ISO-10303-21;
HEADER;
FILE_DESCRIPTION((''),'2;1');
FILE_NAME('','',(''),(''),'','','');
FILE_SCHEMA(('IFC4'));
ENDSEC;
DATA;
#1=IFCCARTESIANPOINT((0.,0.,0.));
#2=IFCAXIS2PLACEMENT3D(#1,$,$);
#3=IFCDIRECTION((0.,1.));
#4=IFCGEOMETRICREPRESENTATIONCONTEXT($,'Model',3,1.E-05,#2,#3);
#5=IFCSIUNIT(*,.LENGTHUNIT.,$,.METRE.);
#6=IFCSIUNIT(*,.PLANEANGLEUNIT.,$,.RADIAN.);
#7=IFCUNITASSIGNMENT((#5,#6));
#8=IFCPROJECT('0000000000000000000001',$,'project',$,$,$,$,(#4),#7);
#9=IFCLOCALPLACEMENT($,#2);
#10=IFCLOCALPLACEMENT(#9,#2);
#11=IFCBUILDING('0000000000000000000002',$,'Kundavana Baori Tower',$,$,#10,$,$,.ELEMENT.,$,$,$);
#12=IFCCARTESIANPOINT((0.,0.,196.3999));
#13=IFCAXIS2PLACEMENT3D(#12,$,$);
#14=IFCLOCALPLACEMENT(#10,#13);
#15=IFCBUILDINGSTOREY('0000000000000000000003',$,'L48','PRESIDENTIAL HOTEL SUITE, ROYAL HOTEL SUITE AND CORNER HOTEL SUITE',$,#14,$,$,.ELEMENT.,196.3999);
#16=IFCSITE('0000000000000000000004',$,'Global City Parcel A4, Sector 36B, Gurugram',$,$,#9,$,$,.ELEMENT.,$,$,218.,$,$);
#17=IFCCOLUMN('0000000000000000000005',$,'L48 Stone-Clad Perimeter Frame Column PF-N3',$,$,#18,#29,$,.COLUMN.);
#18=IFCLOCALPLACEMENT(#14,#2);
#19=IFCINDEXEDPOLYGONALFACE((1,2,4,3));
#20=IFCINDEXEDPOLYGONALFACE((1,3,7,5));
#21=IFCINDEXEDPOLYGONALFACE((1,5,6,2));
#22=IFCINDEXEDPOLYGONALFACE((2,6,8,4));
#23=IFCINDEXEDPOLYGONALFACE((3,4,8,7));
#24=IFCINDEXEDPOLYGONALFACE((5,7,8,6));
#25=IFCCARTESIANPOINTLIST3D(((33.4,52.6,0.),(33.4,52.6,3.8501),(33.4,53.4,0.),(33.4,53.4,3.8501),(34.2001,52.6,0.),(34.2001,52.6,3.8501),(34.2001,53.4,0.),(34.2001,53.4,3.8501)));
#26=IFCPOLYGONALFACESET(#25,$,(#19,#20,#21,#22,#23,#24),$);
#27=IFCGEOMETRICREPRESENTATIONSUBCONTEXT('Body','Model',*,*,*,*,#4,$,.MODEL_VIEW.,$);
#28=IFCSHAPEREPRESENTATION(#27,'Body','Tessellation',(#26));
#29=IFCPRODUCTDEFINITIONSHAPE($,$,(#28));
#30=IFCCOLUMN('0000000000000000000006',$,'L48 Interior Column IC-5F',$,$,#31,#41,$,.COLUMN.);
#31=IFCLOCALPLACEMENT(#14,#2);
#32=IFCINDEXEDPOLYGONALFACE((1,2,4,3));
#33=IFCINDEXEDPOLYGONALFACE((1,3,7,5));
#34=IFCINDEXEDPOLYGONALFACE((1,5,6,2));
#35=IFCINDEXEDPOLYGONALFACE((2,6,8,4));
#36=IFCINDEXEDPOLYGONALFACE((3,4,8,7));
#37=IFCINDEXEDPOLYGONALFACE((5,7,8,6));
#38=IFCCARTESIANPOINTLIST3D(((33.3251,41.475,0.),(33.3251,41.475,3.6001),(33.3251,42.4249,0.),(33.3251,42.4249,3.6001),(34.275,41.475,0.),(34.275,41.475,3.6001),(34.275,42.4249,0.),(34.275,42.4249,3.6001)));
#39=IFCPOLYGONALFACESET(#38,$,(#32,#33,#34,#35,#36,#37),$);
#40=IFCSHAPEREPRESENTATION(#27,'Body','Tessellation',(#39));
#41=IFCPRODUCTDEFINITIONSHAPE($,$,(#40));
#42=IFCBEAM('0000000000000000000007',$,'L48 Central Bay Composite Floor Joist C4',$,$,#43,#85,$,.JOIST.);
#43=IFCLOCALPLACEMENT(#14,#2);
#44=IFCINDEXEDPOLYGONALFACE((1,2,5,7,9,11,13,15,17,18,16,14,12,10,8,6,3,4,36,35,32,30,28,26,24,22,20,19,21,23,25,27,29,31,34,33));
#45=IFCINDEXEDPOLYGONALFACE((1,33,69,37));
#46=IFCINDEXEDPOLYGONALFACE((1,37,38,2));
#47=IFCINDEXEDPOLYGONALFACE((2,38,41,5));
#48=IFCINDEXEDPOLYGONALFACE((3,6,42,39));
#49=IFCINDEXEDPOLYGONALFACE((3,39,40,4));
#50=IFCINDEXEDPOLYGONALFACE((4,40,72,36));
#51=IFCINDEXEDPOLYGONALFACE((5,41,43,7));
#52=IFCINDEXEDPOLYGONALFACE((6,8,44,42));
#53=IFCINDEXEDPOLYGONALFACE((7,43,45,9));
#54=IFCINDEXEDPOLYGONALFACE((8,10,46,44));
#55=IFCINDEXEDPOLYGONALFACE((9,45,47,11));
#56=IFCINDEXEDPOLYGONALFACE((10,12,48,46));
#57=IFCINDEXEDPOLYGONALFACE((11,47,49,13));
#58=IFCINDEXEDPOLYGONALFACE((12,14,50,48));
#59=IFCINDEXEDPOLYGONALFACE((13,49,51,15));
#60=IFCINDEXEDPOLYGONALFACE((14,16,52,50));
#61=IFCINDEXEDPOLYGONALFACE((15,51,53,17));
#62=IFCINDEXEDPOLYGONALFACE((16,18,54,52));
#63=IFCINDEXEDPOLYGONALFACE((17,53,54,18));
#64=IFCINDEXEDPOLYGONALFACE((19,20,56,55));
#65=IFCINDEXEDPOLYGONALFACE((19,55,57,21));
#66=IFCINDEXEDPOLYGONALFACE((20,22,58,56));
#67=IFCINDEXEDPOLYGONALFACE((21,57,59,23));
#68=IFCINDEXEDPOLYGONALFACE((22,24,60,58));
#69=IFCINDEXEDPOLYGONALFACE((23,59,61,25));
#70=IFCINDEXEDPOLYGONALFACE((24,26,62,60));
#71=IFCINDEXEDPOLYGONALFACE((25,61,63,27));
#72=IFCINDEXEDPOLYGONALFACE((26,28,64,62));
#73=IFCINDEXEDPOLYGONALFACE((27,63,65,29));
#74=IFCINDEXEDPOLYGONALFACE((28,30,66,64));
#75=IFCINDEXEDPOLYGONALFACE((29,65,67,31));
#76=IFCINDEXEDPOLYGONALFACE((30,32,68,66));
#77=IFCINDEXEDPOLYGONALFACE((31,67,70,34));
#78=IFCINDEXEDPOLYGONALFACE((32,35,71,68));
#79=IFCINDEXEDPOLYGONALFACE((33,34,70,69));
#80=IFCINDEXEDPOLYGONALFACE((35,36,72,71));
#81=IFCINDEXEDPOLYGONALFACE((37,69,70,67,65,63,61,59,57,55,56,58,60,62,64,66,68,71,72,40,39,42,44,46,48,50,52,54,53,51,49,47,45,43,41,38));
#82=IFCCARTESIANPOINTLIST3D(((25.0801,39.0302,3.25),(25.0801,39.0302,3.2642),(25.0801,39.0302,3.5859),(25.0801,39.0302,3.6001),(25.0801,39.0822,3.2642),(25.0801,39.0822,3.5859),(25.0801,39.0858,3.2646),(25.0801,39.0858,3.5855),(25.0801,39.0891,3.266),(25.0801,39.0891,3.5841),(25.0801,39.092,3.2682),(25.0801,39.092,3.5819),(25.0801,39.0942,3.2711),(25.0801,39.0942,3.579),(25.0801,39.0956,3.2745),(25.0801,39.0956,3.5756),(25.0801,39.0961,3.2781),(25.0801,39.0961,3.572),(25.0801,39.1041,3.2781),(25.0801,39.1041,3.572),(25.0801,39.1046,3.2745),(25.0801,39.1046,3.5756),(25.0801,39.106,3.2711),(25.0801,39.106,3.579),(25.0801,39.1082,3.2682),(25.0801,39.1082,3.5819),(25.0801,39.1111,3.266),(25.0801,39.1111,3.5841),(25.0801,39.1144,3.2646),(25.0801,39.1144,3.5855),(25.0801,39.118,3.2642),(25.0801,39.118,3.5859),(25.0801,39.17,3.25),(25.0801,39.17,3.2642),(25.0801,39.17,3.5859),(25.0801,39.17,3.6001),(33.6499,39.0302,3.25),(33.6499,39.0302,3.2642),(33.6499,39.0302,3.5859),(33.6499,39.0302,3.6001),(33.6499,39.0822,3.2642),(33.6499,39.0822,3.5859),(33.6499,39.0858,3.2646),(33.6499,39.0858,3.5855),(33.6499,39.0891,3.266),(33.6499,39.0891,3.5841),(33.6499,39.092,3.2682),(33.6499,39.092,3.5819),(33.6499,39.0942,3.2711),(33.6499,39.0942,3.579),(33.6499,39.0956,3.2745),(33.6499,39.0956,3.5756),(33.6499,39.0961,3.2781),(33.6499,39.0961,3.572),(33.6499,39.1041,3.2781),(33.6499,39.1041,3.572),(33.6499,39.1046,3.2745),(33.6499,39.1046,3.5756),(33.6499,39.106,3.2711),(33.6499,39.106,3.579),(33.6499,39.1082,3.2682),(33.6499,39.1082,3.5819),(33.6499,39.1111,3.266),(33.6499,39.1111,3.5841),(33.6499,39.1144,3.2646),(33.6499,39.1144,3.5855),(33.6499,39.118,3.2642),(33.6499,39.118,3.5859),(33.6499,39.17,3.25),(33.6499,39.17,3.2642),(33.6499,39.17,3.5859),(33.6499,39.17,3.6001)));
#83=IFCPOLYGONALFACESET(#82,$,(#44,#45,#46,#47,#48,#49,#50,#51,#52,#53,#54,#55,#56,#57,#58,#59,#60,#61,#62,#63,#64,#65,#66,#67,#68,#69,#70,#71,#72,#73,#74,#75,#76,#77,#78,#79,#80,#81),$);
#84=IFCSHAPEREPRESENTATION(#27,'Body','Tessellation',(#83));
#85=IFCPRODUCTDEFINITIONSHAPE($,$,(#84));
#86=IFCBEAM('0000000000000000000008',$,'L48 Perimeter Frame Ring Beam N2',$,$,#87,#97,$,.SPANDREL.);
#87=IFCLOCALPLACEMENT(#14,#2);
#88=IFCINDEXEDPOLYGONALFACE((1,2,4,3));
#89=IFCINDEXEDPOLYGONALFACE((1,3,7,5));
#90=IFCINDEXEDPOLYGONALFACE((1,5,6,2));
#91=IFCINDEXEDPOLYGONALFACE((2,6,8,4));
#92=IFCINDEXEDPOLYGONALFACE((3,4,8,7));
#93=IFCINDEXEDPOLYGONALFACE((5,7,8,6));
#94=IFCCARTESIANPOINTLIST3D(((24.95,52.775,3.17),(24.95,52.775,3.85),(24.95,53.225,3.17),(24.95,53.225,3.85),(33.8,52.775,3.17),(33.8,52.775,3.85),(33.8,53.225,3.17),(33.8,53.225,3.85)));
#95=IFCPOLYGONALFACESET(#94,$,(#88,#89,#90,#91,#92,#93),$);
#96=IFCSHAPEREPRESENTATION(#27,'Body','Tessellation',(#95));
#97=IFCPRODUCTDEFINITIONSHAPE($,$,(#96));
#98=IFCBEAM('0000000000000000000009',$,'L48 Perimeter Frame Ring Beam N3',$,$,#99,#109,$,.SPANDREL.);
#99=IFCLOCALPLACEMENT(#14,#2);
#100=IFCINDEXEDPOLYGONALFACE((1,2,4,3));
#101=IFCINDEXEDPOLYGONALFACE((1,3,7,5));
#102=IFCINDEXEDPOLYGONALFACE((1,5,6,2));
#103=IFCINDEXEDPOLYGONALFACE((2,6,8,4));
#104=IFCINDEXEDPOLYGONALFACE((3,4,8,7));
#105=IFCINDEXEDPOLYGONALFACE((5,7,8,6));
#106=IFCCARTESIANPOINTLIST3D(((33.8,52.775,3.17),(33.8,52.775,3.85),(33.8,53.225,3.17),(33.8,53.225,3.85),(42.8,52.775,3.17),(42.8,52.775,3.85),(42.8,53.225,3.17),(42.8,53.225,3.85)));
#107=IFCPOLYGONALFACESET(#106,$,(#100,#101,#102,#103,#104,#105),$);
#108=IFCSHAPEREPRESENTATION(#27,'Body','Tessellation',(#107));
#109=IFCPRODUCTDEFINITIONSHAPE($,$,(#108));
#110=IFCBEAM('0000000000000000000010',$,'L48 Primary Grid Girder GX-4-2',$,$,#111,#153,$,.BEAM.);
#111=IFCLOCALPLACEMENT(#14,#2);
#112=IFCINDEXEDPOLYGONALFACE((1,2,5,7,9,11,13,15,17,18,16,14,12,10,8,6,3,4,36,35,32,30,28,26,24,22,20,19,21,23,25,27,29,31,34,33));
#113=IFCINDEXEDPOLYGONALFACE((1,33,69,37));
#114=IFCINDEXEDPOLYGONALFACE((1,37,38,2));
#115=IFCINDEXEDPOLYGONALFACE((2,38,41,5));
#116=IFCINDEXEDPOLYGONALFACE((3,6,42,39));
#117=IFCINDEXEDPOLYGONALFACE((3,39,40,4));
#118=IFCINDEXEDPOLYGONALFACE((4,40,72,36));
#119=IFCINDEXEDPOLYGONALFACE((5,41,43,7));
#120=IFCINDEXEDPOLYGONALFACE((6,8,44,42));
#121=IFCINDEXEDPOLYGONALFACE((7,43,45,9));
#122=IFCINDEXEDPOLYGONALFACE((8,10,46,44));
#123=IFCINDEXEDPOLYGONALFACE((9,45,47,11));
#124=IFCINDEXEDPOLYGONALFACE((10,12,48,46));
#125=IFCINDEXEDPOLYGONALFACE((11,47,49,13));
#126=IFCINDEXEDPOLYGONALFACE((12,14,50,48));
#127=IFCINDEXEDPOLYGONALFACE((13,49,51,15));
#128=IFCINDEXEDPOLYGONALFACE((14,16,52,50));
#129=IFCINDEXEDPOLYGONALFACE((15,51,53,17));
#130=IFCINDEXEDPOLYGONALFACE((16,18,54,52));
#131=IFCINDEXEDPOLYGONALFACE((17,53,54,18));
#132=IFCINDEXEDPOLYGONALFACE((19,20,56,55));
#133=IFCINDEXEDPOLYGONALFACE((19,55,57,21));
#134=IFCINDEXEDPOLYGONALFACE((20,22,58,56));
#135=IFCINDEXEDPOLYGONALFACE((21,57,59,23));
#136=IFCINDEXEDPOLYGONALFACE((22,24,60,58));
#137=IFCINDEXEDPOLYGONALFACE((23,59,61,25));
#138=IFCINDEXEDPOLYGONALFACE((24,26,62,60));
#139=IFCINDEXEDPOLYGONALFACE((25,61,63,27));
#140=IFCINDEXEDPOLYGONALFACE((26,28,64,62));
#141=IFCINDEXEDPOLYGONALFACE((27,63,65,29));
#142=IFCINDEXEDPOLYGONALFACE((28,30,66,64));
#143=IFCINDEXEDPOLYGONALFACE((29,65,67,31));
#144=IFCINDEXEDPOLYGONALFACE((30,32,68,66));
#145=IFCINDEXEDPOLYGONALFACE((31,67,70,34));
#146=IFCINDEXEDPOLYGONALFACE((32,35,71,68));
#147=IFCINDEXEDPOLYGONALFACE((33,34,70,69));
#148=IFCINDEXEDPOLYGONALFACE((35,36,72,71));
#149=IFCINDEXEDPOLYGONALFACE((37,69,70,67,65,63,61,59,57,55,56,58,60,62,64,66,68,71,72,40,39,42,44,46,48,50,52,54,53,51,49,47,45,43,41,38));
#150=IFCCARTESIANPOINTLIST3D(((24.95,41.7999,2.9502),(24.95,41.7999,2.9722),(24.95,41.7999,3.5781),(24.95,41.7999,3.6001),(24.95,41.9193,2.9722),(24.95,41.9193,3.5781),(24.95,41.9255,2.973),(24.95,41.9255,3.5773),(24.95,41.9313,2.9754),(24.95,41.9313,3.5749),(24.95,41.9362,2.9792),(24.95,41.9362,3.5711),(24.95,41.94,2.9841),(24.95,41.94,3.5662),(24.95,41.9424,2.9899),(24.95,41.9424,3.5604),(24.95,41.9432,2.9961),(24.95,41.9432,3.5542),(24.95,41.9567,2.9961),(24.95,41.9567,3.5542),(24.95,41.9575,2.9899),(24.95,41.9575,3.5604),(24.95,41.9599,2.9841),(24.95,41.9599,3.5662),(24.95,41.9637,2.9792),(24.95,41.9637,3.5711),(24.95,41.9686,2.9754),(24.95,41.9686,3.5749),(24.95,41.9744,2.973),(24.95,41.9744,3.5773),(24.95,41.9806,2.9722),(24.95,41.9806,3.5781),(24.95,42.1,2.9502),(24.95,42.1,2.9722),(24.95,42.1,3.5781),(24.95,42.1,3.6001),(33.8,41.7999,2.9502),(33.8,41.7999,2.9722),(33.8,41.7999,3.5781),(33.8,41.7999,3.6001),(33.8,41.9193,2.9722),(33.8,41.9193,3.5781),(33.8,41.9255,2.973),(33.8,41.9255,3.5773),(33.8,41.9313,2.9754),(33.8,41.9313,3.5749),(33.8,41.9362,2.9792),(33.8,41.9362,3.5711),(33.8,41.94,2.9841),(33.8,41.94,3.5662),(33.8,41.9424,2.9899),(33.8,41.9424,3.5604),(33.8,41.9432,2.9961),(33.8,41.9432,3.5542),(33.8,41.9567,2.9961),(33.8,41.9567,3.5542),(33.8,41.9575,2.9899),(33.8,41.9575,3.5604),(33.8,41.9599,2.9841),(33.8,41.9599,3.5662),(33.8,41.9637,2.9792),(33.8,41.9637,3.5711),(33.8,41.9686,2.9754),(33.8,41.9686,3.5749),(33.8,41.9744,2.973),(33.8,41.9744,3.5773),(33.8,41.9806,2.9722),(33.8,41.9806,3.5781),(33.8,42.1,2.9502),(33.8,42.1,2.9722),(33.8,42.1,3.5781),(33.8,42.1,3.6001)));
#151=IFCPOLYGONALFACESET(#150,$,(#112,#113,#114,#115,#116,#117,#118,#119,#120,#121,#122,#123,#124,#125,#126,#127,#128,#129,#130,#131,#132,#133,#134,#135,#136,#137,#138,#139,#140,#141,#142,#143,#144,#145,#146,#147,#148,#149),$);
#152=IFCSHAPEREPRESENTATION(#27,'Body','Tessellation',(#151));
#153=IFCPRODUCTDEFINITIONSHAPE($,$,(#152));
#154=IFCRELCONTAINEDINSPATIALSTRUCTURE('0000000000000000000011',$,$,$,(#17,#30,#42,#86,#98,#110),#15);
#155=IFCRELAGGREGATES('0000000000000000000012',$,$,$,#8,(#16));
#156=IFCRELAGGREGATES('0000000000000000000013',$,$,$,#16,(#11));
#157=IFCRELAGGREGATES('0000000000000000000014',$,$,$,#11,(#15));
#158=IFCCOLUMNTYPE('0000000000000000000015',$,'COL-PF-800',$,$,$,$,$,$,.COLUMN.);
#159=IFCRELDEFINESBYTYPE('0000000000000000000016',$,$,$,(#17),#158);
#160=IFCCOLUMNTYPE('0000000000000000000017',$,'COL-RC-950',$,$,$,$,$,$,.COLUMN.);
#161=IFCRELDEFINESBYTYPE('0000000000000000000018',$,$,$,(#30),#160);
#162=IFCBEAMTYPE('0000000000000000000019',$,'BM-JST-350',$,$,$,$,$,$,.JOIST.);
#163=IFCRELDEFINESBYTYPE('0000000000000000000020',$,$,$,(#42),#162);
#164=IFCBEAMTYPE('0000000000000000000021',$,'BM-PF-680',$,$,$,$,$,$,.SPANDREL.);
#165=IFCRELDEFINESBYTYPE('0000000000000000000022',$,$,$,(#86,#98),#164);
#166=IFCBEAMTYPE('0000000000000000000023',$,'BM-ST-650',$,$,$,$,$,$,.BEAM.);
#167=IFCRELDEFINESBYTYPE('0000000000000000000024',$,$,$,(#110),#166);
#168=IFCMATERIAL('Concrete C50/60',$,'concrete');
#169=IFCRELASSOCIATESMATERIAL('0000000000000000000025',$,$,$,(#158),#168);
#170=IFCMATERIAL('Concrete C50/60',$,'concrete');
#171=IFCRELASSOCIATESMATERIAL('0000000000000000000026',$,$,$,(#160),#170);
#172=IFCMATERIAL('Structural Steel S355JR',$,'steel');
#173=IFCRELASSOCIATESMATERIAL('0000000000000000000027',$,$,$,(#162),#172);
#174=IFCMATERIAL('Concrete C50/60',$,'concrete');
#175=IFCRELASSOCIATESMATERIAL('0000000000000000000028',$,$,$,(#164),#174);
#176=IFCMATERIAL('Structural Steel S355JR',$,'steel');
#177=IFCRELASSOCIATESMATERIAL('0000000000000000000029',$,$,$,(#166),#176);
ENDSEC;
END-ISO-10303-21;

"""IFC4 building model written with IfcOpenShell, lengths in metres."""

from ifc_helpers import new_model, si_unit, direction, frame, origin, origin_2d, place, context, subcontext, project, spatial, rectangle, i_section, extrude, material, material_profile, profile_set, type_object, element, save


model = new_model("IFC4")

# Units and contexts
model_context = context("Model", 3, precision=1e-05, world=origin(), true_north=direction((0.0, 1.0)))
body_context = subcontext(model_context, "Body", "Model", "MODEL_VIEW")
ifc_project = project(units=[si_unit("LENGTHUNIT", "METRE"), si_unit("PLANEANGLEUNIT", "RADIAN")], contexts=[model_context])

# Site, building, storey
site_placement = place(None, origin())
site = spatial("IfcSite", under=ifc_project, at=site_placement, Name="Global City Parcel A4, Sector 36B, Gurugram", CompositionType="ELEMENT", RefElevation=218.0)
building_placement = place(site_placement, origin())
building = spatial("IfcBuilding", under=site, at=building_placement, Name="Kundavana Baori Tower", CompositionType="ELEMENT")
storey_placement = place(building_placement, frame((0.0, 0.0, 196.3999)))
storey = spatial("IfcBuildingStorey", under=building, at=storey_placement, Name="L48", Description="PRESIDENTIAL HOTEL SUITE, ROYAL HOTEL SUITE AND CORNER HOTEL SUITE", CompositionType="ELEMENT", Elevation=196.3999)

# Columns
ifc_material_1 = material(Name="Concrete C50/60", Category="concrete")
ifc_material_profile_1 = material_profile(ifc_material_1, rectangle(XDim=0.8, YDim=0.8, at=origin_2d()), Name="RC PF 800x800")
ifc_profile_set_1 = profile_set([ifc_material_profile_1], Name="Concrete C50/60")
column_type_1 = type_object("IfcColumnType", Name="COL-PF-800", PredefinedType="COLUMN", material=ifc_profile_set_1)
column_1_placement = place(storey_placement, frame((33.8, 53.0, 0.0), z_axis=(0.0, 0.0, 1.0), x_axis=(1.0, 0.0, 0.0)))
element("IfcColumn", 1, at=column_1_placement, inside=storey, type_object=column_type_1, Name="L48 Stone-Clad Perimeter Frame Column PF-N3", PredefinedType="COLUMN", context=body_context, shape_type="SweptSolid", body=[
    extrude(rectangle(XDim=0.8, YDim=0.8, at=origin_2d()), origin(), (0.0, 0.0, 1.0), 3.8501),
])
ifc_material_2 = material(Name="Concrete C50/60", Category="concrete")
ifc_material_profile_2 = material_profile(ifc_material_2, rectangle(XDim=0.95, YDim=0.95, at=origin_2d()), Name="RC 950x950")
ifc_profile_set_2 = profile_set([ifc_material_profile_2], Name="Concrete C50/60")
column_type_2 = type_object("IfcColumnType", Name="COL-RC-950", PredefinedType="COLUMN", material=ifc_profile_set_2)
column_2_placement = place(storey_placement, frame((33.8, 41.95, 0.0), z_axis=(0.0, 0.0, 1.0), x_axis=(1.0, 0.0, 0.0)))
element("IfcColumn", 2, at=column_2_placement, inside=storey, type_object=column_type_2, Name="L48 Interior Column IC-5F", PredefinedType="COLUMN", context=body_context, shape_type="SweptSolid", body=[
    extrude(rectangle(XDim=0.95, YDim=0.95, at=origin_2d()), origin(), (0.0, 0.0, 1.0), 3.6001),
])

# Beams
ifc_material_3 = material(Name="Structural Steel S355JR", Category="steel")
ifc_material_profile_3 = material_profile(ifc_material_3, i_section(OverallWidth=0.1399, OverallDepth=0.3501, WebThickness=0.0081, FlangeThickness=0.0142, FilletRadius=0.0139, at=origin_2d()), Name="ISMB 350")
ifc_profile_set_3 = profile_set([ifc_material_profile_3], Name="Structural Steel S355JR")
beam_type_1 = type_object("IfcBeamType", Name="BM-JST-350", PredefinedType="JOIST", material=ifc_profile_set_3)
beam_1_placement = place(storey_placement, frame((25.0801, 39.1001, 3.425), z_axis=(1.0, 0.0, 0.0), x_axis=(0.0, 1.0, 0.0)))
element("IfcBeam", 3, at=beam_1_placement, inside=storey, type_object=beam_type_1, Name="L48 Central Bay Composite Floor Joist C4", PredefinedType="JOIST", context=body_context, shape_type="SweptSolid", body=[
    extrude(i_section(OverallWidth=0.1399, OverallDepth=0.3501, WebThickness=0.0081, FlangeThickness=0.0142, FilletRadius=0.0139, at=origin_2d()), origin(), (0.0, 0.0, 1.0), 8.5698),
])
ifc_material_4 = material(Name="Concrete C50/60", Category="concrete")
ifc_material_profile_4 = material_profile(ifc_material_4, rectangle(XDim=0.45, YDim=0.6799, at=origin_2d()), Name="RC BM 450x680")
ifc_profile_set_4 = profile_set([ifc_material_profile_4], Name="Concrete C50/60")
beam_type_2 = type_object("IfcBeamType", Name="BM-PF-680", PredefinedType="SPANDREL", material=ifc_profile_set_4)
beam_2_placement = place(storey_placement, frame((24.95, 53.0, 3.51), z_axis=(1.0, 0.0, 0.0), x_axis=(0.0, 1.0, 0.0)))
element("IfcBeam", 4, at=beam_2_placement, inside=storey, type_object=beam_type_2, Name="L48 Perimeter Frame Ring Beam N2", PredefinedType="SPANDREL", context=body_context, shape_type="SweptSolid", body=[
    extrude(rectangle(XDim=0.45, YDim=0.6799, at=origin_2d()), origin(), (0.0, 0.0, 1.0), 8.8501),
])
beam_3_placement = place(storey_placement, frame((33.8, 53.0, 3.51), z_axis=(1.0, 0.0, 0.0), x_axis=(0.0, 1.0, 0.0)))
element("IfcBeam", 5, at=beam_3_placement, inside=storey, type_object=beam_type_2, Name="L48 Perimeter Frame Ring Beam N3", PredefinedType="SPANDREL", context=body_context, shape_type="SweptSolid", body=[
    extrude(rectangle(XDim=0.45, YDim=0.6799, at=origin_2d()), origin(), (0.0, 0.0, 1.0), 9.0),
])
ifc_material_5 = material(Name="Structural Steel S355JR", Category="steel")
ifc_material_profile_5 = material_profile(ifc_material_5, i_section(OverallWidth=0.3, OverallDepth=0.6499, WebThickness=0.0134, FlangeThickness=0.022, FilletRadius=0.0239, at=origin_2d()), Name="NPB 650x300x155")
ifc_profile_set_5 = profile_set([ifc_material_profile_5], Name="Structural Steel S355JR")
beam_type_3 = type_object("IfcBeamType", Name="BM-ST-650", PredefinedType="BEAM", material=ifc_profile_set_5)
beam_4_placement = place(storey_placement, frame((24.95, 41.95, 3.2751), z_axis=(1.0, 0.0, 0.0), x_axis=(0.0, 1.0, 0.0)))
element("IfcBeam", 6, at=beam_4_placement, inside=storey, type_object=beam_type_3, Name="L48 Primary Grid Girder GX-4-2", PredefinedType="BEAM", context=body_context, shape_type="SweptSolid", body=[
    extrude(i_section(OverallWidth=0.3, OverallDepth=0.6499, WebThickness=0.0134, FlangeThickness=0.022, FilletRadius=0.0239, at=origin_2d()), origin(), (0.0, 0.0, 1.0), 8.8501),
])

save(model, "model.ifc")
